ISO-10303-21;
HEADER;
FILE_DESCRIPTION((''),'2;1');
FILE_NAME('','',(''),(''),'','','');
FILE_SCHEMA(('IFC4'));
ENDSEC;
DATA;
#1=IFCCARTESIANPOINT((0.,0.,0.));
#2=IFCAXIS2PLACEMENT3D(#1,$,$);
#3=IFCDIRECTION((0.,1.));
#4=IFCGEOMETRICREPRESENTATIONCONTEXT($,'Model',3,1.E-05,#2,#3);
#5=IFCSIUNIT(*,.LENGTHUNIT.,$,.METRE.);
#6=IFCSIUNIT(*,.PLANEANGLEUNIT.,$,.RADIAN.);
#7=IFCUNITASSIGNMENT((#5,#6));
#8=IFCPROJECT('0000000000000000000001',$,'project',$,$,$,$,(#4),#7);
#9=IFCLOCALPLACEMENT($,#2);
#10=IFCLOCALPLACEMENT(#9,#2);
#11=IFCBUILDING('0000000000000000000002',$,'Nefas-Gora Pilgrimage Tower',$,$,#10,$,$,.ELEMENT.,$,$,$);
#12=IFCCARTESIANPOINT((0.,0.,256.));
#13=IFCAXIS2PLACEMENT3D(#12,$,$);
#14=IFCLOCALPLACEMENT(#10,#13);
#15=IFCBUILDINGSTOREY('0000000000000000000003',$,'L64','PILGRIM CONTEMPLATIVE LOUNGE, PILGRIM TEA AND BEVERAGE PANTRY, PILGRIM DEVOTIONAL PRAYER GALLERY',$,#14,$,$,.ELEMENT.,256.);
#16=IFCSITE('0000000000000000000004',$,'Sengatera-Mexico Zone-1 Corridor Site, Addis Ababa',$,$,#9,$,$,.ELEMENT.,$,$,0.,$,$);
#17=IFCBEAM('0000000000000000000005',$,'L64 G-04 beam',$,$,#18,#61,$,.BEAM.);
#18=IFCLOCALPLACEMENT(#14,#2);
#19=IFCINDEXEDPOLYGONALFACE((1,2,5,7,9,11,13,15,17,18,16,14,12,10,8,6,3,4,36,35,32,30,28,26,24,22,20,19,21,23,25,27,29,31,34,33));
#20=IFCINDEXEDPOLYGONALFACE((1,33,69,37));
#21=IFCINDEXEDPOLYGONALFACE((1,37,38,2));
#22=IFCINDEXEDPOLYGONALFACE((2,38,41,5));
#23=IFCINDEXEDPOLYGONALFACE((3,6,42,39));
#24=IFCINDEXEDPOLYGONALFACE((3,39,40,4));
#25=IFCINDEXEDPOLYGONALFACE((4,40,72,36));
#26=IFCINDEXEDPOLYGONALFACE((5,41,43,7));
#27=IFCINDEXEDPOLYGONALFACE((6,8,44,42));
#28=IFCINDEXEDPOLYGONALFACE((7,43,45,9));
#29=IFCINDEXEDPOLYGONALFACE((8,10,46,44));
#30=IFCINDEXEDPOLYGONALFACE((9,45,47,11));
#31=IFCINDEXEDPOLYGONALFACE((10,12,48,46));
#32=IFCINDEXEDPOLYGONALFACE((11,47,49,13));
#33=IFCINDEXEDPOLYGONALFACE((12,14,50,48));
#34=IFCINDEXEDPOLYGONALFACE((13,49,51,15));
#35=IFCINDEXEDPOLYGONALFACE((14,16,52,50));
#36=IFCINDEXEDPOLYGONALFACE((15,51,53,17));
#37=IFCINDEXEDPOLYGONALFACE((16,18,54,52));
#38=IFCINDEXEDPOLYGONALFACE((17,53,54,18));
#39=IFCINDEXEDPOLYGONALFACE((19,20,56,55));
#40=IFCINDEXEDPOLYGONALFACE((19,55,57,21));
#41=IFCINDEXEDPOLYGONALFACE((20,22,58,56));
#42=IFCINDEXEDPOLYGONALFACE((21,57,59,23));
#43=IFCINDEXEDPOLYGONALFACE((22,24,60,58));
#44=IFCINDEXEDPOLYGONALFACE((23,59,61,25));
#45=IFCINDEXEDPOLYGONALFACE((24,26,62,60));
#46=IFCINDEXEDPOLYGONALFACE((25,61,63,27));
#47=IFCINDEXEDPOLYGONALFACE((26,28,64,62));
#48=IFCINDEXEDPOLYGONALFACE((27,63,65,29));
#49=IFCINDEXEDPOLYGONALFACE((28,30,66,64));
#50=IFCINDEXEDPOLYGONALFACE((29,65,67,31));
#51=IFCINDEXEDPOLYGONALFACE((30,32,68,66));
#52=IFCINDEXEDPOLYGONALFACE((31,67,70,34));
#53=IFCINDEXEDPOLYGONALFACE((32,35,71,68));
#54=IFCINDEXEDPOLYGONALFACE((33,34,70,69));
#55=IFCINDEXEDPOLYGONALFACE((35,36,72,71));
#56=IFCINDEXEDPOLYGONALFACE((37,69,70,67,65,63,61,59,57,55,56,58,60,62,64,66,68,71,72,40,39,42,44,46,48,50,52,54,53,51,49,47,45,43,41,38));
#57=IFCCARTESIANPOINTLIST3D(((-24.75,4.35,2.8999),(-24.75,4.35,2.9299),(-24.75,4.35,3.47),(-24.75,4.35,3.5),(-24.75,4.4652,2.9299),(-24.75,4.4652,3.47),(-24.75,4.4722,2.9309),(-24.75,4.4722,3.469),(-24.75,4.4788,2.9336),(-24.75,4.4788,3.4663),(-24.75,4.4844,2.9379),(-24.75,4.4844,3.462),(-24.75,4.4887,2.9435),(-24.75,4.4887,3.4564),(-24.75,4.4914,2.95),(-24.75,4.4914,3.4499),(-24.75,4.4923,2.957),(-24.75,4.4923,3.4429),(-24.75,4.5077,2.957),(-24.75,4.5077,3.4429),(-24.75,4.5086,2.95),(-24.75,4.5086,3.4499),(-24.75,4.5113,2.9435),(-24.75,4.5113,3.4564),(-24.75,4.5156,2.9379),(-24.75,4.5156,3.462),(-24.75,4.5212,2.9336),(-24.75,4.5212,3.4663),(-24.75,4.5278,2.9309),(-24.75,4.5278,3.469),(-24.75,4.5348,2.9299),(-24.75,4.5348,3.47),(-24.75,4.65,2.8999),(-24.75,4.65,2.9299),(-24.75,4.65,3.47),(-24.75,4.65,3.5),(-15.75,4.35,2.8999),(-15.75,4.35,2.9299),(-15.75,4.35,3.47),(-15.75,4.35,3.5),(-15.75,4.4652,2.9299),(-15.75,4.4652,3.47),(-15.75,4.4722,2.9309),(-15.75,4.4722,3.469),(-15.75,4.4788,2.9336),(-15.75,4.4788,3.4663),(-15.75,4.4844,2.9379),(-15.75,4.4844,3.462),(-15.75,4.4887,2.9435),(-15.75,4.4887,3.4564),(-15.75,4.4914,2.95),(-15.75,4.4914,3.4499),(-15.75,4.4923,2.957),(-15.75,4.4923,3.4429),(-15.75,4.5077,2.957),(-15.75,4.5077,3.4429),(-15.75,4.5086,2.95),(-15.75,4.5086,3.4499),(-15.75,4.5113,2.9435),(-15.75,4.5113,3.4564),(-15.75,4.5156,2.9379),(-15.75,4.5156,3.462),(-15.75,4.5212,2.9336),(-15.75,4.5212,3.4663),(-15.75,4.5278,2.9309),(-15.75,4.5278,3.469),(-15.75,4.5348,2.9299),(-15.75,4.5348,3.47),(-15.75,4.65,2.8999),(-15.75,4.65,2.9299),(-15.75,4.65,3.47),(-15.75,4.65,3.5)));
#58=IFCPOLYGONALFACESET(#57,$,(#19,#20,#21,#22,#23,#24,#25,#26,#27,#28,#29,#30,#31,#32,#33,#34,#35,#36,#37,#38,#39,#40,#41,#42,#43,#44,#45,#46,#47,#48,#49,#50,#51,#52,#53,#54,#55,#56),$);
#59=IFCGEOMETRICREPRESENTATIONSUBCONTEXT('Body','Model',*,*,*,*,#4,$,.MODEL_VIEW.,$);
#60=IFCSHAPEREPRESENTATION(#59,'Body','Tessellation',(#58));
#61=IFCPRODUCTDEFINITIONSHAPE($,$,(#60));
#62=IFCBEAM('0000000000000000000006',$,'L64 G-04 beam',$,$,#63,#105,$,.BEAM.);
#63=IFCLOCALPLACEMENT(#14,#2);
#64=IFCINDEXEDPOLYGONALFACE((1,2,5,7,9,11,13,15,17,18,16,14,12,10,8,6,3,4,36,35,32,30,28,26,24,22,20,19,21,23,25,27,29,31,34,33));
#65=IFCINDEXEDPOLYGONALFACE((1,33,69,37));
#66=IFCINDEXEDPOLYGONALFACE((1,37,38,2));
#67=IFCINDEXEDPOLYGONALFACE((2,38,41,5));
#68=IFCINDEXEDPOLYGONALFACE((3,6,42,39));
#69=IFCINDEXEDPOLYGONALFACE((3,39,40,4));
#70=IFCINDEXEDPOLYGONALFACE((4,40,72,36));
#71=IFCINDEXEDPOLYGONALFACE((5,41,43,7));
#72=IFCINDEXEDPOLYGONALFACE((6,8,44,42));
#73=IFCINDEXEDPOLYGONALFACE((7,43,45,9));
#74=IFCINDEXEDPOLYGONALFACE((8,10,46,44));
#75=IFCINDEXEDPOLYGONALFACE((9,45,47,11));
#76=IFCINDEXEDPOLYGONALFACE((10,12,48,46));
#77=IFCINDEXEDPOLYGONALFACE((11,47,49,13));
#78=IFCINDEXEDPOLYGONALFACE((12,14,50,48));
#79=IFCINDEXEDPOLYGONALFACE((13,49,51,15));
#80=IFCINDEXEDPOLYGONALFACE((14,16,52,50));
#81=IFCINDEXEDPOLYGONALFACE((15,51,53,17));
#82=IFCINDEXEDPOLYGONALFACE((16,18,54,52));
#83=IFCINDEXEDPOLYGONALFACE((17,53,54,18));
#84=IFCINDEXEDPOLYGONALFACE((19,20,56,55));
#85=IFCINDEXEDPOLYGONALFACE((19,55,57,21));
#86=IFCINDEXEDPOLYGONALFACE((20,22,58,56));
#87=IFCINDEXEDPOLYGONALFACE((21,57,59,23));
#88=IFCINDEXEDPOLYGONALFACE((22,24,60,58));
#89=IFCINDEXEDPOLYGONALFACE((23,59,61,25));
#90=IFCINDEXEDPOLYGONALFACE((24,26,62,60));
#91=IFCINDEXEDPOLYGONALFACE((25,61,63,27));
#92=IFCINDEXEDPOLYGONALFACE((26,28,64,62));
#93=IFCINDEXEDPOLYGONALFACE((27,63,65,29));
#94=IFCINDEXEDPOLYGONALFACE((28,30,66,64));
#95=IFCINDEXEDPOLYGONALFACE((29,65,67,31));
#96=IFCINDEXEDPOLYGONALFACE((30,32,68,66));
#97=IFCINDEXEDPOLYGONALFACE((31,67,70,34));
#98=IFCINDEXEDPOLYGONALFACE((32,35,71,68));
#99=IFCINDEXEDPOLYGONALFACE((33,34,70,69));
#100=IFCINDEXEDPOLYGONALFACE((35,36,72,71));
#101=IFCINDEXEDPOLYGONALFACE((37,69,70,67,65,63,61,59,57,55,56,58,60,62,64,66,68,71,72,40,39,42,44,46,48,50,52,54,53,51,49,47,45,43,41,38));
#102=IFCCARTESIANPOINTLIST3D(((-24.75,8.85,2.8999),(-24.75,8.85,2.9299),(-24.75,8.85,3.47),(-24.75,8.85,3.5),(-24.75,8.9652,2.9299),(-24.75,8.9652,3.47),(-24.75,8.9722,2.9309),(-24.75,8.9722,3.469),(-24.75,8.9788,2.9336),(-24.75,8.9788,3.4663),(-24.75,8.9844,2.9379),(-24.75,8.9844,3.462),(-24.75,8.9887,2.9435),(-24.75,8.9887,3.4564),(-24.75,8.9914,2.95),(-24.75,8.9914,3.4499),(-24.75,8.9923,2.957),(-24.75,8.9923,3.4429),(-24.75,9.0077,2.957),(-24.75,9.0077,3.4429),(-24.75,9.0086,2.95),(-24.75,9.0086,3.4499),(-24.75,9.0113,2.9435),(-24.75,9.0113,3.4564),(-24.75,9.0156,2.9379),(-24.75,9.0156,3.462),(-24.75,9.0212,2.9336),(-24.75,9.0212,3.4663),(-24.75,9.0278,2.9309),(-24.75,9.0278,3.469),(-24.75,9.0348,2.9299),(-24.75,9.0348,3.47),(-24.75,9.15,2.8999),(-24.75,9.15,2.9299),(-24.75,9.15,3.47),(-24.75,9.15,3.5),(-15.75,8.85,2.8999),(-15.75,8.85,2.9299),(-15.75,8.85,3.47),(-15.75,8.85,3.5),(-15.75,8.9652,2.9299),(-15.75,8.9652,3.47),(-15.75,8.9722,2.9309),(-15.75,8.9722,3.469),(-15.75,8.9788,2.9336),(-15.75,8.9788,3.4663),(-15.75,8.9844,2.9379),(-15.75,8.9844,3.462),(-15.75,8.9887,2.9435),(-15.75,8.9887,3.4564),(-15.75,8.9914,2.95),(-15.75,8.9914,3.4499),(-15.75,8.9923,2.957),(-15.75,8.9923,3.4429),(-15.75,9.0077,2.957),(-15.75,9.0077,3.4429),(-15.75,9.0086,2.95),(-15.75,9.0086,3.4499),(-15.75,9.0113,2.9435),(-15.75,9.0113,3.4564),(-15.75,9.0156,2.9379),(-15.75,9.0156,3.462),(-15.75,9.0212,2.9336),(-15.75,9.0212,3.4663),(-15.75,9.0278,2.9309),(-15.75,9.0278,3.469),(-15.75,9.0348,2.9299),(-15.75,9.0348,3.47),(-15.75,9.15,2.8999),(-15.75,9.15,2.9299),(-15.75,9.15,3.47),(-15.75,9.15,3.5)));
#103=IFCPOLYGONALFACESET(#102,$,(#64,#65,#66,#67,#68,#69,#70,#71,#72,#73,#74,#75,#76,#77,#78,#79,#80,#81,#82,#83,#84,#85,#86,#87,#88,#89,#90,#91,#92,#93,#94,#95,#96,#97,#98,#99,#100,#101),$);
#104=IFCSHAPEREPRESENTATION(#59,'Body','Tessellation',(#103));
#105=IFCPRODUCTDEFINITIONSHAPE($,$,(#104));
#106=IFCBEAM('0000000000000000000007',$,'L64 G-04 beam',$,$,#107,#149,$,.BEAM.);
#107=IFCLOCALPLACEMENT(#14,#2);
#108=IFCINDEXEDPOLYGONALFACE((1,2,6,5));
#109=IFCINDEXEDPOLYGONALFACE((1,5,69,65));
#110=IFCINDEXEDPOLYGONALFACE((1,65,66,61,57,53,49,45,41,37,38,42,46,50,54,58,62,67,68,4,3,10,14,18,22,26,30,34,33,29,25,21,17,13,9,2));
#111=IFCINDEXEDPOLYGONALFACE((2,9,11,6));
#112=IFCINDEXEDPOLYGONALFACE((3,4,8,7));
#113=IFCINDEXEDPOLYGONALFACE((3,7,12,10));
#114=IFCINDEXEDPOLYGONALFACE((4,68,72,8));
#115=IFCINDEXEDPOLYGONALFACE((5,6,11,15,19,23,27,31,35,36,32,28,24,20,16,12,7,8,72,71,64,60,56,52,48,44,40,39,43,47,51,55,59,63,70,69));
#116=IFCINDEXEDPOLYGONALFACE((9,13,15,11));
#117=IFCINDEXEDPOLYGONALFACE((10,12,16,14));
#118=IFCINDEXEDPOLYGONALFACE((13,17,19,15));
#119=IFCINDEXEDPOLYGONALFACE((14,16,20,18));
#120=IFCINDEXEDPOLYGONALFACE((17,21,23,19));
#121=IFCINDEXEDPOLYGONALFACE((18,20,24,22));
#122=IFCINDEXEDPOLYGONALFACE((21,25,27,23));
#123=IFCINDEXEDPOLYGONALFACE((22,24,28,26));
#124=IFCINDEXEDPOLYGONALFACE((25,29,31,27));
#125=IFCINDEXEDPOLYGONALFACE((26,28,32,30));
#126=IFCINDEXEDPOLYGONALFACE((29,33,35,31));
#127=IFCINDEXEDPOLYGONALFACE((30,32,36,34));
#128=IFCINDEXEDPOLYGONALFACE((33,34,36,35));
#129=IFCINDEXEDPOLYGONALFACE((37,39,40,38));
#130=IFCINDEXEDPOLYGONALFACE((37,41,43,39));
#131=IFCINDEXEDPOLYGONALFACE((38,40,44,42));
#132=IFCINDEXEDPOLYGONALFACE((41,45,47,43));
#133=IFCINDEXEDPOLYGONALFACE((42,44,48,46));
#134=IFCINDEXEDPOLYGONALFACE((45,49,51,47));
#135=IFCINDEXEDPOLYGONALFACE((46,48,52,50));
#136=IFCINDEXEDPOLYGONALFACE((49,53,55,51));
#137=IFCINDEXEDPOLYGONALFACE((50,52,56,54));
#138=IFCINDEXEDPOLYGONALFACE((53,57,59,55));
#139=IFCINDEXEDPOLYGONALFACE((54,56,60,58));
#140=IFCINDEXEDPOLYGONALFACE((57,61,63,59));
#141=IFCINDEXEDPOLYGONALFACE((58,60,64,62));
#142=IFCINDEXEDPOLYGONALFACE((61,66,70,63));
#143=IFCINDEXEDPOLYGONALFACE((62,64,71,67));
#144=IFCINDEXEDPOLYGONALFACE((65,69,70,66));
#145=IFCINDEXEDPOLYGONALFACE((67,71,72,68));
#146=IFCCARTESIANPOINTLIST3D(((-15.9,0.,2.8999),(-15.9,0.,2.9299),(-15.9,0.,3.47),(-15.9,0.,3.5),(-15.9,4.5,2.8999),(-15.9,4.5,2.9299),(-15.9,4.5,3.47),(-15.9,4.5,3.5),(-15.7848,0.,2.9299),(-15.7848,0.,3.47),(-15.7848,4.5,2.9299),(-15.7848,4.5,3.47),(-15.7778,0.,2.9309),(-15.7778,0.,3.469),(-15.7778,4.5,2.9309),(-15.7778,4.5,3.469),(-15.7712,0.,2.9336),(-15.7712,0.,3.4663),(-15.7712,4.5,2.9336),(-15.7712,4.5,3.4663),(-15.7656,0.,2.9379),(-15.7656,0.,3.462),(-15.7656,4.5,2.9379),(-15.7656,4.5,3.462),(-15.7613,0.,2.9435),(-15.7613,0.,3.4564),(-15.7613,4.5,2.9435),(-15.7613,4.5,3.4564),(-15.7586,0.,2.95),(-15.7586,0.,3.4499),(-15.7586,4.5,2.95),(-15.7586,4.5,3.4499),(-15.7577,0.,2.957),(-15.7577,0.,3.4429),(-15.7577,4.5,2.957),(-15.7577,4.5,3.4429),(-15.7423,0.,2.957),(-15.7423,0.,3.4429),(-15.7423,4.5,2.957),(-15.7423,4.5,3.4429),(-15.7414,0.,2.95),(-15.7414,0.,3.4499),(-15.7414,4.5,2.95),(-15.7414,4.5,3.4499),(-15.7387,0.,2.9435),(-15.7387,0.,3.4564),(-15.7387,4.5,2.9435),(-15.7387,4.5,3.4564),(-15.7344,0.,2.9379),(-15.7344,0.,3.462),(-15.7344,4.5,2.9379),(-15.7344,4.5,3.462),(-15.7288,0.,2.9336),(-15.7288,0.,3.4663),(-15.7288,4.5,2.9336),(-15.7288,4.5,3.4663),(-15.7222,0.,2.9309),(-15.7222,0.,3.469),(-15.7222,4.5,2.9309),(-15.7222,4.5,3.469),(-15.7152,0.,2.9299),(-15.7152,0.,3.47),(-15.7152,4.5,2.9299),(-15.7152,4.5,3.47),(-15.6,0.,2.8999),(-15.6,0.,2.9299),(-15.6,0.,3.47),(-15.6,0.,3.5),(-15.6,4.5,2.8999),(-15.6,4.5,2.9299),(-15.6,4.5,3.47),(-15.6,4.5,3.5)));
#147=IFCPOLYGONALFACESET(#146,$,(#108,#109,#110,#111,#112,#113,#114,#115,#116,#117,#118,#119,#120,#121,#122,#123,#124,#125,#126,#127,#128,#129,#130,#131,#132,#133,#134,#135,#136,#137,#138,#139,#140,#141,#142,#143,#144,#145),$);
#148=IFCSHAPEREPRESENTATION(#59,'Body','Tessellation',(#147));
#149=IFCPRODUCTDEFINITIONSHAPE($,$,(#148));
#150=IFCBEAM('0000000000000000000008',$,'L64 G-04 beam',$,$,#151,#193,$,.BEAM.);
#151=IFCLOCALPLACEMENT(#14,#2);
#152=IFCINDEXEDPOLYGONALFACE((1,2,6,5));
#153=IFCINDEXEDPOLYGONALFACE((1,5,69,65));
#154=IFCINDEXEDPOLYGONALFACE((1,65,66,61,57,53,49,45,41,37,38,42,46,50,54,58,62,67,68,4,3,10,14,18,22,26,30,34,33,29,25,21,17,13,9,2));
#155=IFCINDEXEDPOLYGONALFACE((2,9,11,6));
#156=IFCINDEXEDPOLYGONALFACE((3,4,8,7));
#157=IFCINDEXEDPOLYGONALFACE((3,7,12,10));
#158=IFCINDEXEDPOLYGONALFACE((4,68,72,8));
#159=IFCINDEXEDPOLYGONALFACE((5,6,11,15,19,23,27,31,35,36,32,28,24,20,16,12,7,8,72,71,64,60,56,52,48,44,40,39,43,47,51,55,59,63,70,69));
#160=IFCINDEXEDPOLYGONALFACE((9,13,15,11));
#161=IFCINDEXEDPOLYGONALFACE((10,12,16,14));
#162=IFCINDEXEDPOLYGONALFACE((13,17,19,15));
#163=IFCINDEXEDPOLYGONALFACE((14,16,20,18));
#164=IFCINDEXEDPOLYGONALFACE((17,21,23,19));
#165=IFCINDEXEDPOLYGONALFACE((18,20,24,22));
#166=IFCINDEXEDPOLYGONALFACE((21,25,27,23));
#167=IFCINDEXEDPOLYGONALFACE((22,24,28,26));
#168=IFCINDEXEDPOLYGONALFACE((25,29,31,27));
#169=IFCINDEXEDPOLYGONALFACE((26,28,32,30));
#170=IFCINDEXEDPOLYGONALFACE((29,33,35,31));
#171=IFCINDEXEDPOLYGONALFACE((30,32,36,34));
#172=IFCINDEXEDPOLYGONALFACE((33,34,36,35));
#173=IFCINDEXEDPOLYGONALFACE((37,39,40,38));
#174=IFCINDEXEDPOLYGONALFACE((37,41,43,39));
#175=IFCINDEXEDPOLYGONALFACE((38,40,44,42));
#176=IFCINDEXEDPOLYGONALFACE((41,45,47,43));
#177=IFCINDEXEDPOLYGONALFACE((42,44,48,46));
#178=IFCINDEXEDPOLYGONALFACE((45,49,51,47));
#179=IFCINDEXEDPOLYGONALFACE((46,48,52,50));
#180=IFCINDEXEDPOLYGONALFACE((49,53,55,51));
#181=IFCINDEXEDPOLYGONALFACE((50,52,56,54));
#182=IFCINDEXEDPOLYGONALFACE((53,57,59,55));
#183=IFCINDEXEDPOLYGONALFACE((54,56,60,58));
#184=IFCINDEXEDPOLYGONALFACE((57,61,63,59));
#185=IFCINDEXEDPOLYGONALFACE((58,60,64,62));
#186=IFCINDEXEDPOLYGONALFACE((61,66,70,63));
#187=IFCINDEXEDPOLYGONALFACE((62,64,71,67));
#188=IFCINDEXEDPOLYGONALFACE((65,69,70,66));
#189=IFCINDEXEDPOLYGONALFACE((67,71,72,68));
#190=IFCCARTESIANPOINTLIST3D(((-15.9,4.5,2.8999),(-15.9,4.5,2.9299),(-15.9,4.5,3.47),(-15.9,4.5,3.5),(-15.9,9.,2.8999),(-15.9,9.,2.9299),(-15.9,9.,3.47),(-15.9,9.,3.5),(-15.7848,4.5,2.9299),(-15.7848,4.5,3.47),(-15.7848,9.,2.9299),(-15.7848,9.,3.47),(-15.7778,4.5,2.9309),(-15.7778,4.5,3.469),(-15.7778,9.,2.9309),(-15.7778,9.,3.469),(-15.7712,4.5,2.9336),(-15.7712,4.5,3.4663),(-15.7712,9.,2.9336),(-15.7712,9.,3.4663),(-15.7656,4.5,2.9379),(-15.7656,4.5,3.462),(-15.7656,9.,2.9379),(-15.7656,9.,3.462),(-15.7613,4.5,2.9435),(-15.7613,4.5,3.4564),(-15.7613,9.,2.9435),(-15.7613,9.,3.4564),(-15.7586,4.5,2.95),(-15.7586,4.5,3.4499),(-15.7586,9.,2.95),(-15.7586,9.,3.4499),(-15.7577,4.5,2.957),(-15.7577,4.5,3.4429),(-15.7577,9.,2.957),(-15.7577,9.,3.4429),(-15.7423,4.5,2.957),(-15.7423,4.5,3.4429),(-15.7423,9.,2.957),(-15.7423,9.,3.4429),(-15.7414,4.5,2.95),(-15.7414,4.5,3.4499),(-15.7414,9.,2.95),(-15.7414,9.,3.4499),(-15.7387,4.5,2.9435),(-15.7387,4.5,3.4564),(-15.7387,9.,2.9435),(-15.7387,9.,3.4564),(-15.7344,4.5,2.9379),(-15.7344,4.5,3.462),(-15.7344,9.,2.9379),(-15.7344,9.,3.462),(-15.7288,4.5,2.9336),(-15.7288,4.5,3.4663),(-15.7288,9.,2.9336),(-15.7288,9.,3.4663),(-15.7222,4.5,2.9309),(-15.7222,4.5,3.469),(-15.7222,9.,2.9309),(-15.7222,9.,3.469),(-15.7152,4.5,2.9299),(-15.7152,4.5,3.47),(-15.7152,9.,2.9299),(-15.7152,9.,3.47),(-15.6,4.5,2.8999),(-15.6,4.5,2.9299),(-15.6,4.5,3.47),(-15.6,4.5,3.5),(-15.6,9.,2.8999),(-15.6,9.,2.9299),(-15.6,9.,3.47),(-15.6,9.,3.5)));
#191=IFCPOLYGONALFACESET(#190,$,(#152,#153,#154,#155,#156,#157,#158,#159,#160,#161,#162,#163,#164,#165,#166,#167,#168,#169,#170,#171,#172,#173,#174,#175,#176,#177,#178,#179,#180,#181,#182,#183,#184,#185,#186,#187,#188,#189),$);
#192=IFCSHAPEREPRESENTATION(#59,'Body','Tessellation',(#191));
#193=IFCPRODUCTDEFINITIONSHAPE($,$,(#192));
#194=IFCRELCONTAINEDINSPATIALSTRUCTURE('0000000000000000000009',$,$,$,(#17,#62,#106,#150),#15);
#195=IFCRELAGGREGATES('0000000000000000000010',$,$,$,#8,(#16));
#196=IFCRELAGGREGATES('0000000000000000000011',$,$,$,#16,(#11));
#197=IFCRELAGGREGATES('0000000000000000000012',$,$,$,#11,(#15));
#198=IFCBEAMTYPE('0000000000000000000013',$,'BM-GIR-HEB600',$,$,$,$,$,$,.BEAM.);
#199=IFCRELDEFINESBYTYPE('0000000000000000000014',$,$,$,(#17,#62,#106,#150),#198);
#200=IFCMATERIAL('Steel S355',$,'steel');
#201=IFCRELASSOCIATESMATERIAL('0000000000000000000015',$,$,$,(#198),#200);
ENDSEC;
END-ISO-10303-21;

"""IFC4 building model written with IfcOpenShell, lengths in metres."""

from ifc_helpers import new_model, si_unit, direction, frame, origin, origin_2d, place, context, subcontext, project, spatial, i_section, extrude, source, transform, mapped, material, material_profile, profile_set, type_object, element, save


model = new_model("IFC4")

# Units and contexts
model_context = context("Model", 3, precision=1e-05, world=origin(), true_north=direction((0.0, 1.0)))
body_context = subcontext(model_context, "Body", "Model", "MODEL_VIEW")
ifc_project = project(units=[si_unit("LENGTHUNIT", "METRE"), si_unit("PLANEANGLEUNIT", "RADIAN")], contexts=[model_context])

# Site, building, storey
site_placement = place(None, origin())
site = spatial("IfcSite", under=ifc_project, at=site_placement, Name="Sengatera-Mexico Zone-1 Corridor Site, Addis Ababa", CompositionType="ELEMENT", RefElevation=0.0)
building_placement = place(site_placement, origin())
building = spatial("IfcBuilding", under=site, at=building_placement, Name="Nefas-Gora Pilgrimage Tower", CompositionType="ELEMENT")
storey_placement = place(building_placement, frame((0.0, 0.0, 256.0)))
storey = spatial("IfcBuildingStorey", under=building, at=storey_placement, Name="L64", Description="PILGRIM CONTEMPLATIVE LOUNGE, PILGRIM TEA AND BEVERAGE PANTRY, PILGRIM DEVOTIONAL PRAYER GALLERY", CompositionType="ELEMENT", Elevation=256.0)

# Beams
ifc_material_1 = material(Name="Steel S355", Category="steel")
ifc_material_profile_1 = material_profile(ifc_material_1, i_section(OverallWidth=0.3, OverallDepth=0.6001, WebThickness=0.0154, FlangeThickness=0.03, FilletRadius=0.0271, at=origin_2d()), Name="HEB 600")
ifc_profile_set_1 = profile_set([ifc_material_profile_1], Name="Steel S355")
beam_type_1 = type_object("IfcBeamType", Name="BM-GIR-HEB600", PredefinedType="BEAM", material=ifc_profile_set_1)
shared_shape_1 = source(origin(), body_context, "Body", "SweptSolid", [
    extrude(i_section(OverallWidth=0.3, OverallDepth=0.6001, WebThickness=0.0154, FlangeThickness=0.03, FilletRadius=0.0271, at=origin_2d()), origin(), (0.0, 0.0, 1.0), 9.0),
])
for number, where, z_axis, x_axis, name in (
    (1, (-24.75, 4.5, 3.2), (1.0, 0.0, 0.0), (0.0, 1.0, 0.0), "L64 G-04 beam"),
    (2, (-24.75, 9.0, 3.2), (1.0, 0.0, 0.0), (0.0, 1.0, 0.0), "L64 G-04 beam"),
):
    element("IfcBeam", number, at=place(storey_placement, frame(where, z_axis=z_axis, x_axis=x_axis)), inside=storey, type_object=beam_type_1, Name=name, PredefinedType="BEAM", context=body_context, shape_type="MappedRepresentation", body=[
        mapped(shared_shape_1, transform((0.0, 0.0, 0.0), x_axis=(1.0, 0.0, 0.0), y_axis=(0.0, 1.0, 0.0), z_axis=(0.0, 0.0, 1.0), scale=1.0)),
    ])
shared_shape_2 = source(origin(), body_context, "Body", "SweptSolid", [
    extrude(i_section(OverallWidth=0.3, OverallDepth=0.6001, WebThickness=0.0154, FlangeThickness=0.03, FilletRadius=0.0271, at=origin_2d()), origin(), (0.0, 0.0, 1.0), 4.5),
])
for number, where, z_axis, x_axis, name in (
    (3, (-15.75, 0.0, 3.2), (0.0, 1.0, 0.0), (-1.0, 0.0, 0.0), "L64 G-04 beam"),
    (4, (-15.75, 4.5, 3.2), (0.0, 1.0, 0.0), (-1.0, 0.0, 0.0), "L64 G-04 beam"),
):
    element("IfcBeam", number, at=place(storey_placement, frame(where, z_axis=z_axis, x_axis=x_axis)), inside=storey, type_object=beam_type_1, Name=name, PredefinedType="BEAM", context=body_context, shape_type="MappedRepresentation", body=[
        mapped(shared_shape_2, transform((0.0, 0.0, 0.0), x_axis=(1.0, 0.0, 0.0), y_axis=(0.0, 1.0, 0.0), z_axis=(0.0, 0.0, 1.0), scale=1.0)),
    ])

save(model, "model.ifc")
